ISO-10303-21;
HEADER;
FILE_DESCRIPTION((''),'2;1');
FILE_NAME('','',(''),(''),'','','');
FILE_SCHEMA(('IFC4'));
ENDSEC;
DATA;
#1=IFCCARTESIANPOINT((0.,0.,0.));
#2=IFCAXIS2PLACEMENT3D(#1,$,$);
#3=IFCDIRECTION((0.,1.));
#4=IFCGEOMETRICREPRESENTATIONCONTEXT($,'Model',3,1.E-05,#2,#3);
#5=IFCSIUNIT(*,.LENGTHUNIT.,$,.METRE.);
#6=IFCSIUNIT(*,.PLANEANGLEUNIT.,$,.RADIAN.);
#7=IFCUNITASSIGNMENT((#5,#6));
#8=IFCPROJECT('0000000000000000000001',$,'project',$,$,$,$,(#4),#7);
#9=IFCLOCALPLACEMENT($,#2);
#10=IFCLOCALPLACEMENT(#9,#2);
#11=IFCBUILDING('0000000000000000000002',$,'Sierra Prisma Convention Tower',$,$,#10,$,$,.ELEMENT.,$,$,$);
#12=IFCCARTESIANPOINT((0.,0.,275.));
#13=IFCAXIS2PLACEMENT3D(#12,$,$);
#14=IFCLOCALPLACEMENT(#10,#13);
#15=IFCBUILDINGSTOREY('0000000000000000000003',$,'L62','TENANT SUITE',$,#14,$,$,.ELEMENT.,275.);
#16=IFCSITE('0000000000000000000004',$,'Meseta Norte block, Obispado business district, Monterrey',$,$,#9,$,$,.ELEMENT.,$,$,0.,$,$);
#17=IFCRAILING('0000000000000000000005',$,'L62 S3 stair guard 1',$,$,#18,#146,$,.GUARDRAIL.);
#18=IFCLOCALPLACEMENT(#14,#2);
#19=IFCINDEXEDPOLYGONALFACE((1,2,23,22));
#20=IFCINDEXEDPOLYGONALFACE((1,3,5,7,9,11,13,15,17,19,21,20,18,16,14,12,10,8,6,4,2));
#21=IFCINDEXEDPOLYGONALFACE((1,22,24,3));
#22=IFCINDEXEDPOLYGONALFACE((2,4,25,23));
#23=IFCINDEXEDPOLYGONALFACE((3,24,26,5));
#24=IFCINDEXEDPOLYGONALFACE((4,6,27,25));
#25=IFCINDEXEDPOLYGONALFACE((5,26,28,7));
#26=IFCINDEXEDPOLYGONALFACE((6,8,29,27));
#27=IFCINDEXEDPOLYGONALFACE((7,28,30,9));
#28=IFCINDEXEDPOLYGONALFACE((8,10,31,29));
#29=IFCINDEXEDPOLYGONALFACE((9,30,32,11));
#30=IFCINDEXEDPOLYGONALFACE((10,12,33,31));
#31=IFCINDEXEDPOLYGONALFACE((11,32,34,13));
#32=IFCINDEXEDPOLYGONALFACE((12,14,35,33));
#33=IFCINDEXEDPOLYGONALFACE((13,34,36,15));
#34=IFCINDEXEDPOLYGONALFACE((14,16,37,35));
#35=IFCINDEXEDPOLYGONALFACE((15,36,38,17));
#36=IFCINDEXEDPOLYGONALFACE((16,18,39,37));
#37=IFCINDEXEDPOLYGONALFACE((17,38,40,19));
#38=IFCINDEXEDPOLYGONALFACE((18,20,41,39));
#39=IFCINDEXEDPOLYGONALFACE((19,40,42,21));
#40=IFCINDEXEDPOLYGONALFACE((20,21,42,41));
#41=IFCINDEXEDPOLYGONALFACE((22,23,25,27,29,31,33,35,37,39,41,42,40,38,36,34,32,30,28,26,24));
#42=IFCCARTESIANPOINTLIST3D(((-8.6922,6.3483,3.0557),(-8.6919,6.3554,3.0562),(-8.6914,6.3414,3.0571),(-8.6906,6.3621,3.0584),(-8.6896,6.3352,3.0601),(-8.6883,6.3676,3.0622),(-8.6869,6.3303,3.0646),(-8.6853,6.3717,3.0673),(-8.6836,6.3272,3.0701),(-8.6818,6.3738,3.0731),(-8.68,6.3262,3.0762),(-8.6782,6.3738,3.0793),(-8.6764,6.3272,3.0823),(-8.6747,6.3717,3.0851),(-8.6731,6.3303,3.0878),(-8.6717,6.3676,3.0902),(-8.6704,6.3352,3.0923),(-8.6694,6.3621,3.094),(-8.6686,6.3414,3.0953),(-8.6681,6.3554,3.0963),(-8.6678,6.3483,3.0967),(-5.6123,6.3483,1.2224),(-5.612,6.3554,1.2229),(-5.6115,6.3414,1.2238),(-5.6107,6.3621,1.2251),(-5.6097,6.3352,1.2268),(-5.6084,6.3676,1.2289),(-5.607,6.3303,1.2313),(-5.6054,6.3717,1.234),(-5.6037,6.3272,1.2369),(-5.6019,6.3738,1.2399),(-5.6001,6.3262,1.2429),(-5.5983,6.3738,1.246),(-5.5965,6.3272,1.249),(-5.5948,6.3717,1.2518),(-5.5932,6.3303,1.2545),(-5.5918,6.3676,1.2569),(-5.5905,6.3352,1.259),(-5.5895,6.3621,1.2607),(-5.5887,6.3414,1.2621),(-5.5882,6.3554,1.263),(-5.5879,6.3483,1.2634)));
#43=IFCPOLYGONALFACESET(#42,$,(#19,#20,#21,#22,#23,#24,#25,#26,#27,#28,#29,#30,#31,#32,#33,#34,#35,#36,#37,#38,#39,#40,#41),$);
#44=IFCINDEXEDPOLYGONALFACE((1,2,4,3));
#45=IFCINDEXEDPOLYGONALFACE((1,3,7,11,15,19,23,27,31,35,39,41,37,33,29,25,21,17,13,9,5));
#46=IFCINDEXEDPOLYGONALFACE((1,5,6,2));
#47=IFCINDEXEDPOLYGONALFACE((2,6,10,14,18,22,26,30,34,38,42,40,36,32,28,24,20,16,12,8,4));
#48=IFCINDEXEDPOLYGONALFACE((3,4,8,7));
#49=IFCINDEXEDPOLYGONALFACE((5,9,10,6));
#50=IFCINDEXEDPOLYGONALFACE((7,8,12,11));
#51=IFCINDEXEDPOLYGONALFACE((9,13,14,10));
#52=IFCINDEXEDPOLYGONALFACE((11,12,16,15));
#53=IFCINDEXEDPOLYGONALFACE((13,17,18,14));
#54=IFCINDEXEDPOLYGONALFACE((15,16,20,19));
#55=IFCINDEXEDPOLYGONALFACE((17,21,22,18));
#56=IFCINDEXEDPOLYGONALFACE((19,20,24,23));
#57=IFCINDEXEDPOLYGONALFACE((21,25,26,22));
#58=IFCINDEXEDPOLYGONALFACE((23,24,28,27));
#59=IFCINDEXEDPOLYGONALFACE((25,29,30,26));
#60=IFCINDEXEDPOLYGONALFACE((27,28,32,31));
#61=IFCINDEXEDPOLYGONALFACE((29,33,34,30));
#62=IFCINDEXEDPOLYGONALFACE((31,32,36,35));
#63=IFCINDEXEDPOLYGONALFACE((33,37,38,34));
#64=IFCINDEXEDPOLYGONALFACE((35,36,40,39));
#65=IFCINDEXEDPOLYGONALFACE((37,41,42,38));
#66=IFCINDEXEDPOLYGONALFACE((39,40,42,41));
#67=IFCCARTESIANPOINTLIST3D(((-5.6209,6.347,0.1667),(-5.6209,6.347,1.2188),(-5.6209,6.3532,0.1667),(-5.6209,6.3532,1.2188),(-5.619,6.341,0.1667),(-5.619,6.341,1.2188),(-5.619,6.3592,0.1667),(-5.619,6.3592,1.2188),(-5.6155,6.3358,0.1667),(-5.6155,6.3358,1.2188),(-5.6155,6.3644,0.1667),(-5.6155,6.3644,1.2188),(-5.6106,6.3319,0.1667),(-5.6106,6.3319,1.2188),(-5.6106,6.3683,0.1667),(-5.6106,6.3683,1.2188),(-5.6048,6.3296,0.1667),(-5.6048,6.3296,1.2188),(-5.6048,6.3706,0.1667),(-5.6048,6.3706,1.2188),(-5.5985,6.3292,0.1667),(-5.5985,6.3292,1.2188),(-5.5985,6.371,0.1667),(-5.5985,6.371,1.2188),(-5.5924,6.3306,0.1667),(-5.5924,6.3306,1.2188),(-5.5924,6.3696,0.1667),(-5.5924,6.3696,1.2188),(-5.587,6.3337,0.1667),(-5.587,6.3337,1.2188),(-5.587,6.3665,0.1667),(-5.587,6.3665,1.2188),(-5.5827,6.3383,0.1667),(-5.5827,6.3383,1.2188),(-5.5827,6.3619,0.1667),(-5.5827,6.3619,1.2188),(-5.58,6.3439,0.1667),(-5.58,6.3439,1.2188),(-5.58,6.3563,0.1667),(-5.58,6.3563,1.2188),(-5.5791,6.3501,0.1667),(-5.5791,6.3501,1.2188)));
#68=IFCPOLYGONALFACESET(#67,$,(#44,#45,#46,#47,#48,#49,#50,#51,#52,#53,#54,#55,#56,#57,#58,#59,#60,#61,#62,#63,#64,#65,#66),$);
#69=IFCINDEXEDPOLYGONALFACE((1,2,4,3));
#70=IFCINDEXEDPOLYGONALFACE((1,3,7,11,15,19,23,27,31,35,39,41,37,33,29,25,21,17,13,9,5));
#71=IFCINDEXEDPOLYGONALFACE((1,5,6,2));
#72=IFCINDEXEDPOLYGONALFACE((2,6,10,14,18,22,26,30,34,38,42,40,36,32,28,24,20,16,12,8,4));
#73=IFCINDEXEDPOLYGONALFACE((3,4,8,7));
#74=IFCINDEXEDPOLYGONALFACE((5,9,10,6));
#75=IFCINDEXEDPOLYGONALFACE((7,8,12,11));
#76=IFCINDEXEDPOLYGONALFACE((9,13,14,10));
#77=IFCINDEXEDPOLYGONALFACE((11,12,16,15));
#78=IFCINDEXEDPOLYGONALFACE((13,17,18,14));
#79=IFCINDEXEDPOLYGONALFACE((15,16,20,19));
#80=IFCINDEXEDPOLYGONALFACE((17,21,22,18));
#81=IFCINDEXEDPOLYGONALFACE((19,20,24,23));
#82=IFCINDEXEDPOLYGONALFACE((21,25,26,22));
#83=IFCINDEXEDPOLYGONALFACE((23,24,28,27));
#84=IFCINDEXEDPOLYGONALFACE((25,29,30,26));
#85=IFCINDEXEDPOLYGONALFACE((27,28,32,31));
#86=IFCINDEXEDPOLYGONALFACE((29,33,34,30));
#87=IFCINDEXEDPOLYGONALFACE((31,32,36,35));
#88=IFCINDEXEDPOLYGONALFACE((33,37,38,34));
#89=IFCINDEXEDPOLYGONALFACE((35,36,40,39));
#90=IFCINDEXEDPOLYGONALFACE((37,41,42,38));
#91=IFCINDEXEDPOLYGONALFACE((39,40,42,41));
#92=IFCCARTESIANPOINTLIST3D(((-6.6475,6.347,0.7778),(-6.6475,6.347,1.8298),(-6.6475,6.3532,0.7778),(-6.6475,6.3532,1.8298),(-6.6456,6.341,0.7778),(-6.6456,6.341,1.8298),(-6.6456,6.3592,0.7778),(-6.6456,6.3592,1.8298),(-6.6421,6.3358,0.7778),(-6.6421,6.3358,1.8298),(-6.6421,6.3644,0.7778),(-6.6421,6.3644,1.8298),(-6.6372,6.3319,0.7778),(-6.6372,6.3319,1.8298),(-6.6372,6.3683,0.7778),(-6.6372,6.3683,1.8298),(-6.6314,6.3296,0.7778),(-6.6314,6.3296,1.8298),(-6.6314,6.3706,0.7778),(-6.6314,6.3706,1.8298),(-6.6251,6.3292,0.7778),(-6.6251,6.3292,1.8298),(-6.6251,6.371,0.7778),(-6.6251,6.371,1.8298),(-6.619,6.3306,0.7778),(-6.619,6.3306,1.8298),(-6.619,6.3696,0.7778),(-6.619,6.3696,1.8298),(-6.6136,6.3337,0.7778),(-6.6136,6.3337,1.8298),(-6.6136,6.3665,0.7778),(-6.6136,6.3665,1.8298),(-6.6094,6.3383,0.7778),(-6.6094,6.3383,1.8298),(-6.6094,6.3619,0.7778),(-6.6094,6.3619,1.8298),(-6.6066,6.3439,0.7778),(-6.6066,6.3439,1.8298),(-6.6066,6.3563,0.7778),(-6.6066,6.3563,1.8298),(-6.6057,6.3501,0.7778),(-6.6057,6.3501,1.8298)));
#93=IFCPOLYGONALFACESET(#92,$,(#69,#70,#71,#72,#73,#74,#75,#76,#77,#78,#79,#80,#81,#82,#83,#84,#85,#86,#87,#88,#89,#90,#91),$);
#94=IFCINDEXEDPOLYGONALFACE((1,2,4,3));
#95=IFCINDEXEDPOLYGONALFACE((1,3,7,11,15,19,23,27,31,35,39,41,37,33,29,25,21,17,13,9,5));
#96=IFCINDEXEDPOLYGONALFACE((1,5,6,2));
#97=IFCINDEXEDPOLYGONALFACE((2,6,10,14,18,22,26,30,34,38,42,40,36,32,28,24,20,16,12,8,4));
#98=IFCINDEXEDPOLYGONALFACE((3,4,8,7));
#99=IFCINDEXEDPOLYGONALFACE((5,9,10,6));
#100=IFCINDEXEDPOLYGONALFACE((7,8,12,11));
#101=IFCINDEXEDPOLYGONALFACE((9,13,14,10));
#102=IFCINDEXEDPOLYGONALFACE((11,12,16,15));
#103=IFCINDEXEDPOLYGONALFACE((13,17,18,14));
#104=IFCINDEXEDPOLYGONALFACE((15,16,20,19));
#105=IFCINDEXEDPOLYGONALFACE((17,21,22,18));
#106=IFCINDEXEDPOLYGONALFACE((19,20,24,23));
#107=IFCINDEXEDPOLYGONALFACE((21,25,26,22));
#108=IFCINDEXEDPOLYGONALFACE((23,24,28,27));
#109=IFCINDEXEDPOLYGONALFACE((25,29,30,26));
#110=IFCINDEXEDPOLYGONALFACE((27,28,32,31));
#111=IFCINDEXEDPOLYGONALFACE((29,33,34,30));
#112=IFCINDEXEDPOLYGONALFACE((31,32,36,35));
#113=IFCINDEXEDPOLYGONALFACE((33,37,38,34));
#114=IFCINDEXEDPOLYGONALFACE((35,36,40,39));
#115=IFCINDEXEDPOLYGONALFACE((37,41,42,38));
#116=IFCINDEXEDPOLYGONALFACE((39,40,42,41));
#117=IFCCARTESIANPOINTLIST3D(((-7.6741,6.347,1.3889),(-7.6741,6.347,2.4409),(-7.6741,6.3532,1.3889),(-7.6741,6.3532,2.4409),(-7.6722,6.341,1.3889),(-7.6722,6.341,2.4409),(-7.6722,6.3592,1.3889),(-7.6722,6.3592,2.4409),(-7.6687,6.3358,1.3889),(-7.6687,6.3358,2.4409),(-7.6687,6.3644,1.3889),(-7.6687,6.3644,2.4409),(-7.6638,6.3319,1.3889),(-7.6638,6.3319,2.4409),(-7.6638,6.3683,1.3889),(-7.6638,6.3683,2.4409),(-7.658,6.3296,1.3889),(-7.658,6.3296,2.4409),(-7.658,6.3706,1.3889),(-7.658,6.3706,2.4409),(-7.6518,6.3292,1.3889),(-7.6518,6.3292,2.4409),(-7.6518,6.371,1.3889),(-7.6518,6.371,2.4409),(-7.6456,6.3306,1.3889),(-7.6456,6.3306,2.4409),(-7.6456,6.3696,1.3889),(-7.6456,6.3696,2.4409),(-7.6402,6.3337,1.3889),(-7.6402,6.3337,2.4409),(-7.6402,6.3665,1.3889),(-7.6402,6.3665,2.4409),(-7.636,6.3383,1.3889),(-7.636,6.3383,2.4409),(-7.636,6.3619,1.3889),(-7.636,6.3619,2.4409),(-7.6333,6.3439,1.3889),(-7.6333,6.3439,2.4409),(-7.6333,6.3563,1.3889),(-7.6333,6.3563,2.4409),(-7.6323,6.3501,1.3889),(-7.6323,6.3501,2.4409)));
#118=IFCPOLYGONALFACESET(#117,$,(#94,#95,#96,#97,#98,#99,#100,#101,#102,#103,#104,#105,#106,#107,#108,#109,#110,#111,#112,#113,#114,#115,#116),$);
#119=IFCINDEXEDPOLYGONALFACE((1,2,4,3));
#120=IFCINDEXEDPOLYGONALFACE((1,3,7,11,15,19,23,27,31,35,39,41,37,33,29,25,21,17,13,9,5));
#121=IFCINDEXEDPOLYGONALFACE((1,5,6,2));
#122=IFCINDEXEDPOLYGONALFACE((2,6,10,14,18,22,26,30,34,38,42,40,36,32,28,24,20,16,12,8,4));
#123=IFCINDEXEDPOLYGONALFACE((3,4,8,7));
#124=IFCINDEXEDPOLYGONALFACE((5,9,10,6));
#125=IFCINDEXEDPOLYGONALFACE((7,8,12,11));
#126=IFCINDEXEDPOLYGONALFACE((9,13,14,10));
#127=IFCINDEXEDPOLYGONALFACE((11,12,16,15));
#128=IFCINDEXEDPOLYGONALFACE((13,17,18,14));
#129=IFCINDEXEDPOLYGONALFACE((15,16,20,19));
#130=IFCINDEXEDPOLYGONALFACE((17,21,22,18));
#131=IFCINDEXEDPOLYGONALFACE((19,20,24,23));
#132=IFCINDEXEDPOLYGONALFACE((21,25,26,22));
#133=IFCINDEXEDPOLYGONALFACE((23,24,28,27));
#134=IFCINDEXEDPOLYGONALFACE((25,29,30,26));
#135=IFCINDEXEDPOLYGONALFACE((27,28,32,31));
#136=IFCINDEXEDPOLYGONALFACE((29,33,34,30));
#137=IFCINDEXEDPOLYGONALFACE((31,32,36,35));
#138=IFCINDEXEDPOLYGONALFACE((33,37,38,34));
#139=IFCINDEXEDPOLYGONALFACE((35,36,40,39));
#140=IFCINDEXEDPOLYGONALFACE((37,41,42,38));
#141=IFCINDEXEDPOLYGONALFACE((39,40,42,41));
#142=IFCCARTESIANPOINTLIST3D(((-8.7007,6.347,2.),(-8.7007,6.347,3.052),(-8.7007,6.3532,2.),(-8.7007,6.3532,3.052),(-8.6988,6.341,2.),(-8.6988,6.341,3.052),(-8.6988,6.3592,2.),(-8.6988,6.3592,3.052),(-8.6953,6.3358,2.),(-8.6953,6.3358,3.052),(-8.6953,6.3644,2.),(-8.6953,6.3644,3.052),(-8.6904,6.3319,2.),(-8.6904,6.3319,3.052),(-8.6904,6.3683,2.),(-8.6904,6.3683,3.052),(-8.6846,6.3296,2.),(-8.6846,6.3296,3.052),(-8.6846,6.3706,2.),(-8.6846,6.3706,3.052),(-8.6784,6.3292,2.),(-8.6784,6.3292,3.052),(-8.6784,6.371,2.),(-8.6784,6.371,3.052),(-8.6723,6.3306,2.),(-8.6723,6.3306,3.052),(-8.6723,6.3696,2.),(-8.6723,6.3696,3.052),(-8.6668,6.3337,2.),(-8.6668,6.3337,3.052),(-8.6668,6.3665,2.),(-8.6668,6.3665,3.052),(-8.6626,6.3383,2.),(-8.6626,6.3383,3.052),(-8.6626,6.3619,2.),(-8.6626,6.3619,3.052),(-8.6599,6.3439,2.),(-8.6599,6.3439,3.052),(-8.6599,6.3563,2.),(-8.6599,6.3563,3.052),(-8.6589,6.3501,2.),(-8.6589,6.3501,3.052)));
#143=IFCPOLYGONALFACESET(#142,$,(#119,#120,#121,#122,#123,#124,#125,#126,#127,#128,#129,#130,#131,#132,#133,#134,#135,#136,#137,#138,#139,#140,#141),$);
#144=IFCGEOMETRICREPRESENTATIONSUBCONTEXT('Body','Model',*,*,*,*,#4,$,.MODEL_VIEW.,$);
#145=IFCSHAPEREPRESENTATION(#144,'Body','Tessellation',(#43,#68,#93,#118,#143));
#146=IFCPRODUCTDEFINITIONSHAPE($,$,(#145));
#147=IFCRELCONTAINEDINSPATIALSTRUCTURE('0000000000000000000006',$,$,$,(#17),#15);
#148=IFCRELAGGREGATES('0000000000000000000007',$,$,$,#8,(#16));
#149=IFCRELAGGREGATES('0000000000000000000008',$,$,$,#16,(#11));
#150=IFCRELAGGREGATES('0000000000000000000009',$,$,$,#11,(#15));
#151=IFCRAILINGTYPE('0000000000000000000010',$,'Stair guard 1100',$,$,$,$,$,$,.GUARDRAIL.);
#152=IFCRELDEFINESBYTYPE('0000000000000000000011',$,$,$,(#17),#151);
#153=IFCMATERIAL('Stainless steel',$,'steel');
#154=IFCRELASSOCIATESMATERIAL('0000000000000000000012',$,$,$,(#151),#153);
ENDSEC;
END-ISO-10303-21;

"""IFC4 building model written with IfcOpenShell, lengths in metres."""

from ifc_helpers import new_model, si_unit, direction, frame, origin, origin_2d, place, context, subcontext, project, spatial, circle, extrude, material, type_object, element, save


model = new_model("IFC4")

# Units and contexts
model_context = context("Model", 3, precision=1e-05, world=origin(), true_north=direction((0.0, 1.0)))
body_context = subcontext(model_context, "Body", "Model", "MODEL_VIEW")
ifc_project = project(units=[si_unit("LENGTHUNIT", "METRE"), si_unit("PLANEANGLEUNIT", "RADIAN")], contexts=[model_context])

# Site, building, storey
site_placement = place(None, origin())
site = spatial("IfcSite", under=ifc_project, at=site_placement, Name="Meseta Norte block, Obispado business district, Monterrey", CompositionType="ELEMENT", RefElevation=0.0)
building_placement = place(site_placement, origin())
building = spatial("IfcBuilding", under=site, at=building_placement, Name="Sierra Prisma Convention Tower", CompositionType="ELEMENT")
storey_placement = place(building_placement, frame((0.0, 0.0, 275.0)))
storey = spatial("IfcBuildingStorey", under=building, at=storey_placement, Name="L62", Description="TENANT SUITE", CompositionType="ELEMENT", Elevation=275.0)

# Railing
ifc_material_1 = material(Name="Stainless steel", Category="steel")
railing_type_1 = type_object("IfcRailingType", Name="Stair guard 1100", PredefinedType="GUARDRAIL", material=ifc_material_1)
railing_1_placement = place(storey_placement, frame((-5.6001, 6.3501, 0.1667)))
element("IfcRailing", 1, at=railing_1_placement, inside=storey, type_object=railing_type_1, Name="L62 S3 stair guard 1", PredefinedType="GUARDRAIL", context=body_context, shape_type="SweptSolid", body=[
    extrude(circle(Radius=0.0239, at=origin_2d()), frame((0.0, 0.0, 1.0762), z_axis=(-0.859291, 0.0, 0.511487), x_axis=(0.0, -1.0, 0.0)), (0.0, 0.0, 1.0), 3.5842),
    extrude(circle(Radius=0.021, at=origin_2d()), origin(), (0.0, 0.0, 1.0), 1.052),
    extrude(circle(Radius=0.021, at=origin_2d()), frame((-1.0266, 0.0, 0.6111)), (0.0, 0.0, 1.0), 1.052),
    extrude(circle(Radius=0.021, at=origin_2d()), frame((-2.0532, 0.0, 1.2222)), (0.0, 0.0, 1.0), 1.052),
    extrude(circle(Radius=0.021, at=origin_2d()), frame((-3.0798, 0.0, 1.8333)), (0.0, 0.0, 1.0), 1.052),
])

save(model, "model.ifc")
